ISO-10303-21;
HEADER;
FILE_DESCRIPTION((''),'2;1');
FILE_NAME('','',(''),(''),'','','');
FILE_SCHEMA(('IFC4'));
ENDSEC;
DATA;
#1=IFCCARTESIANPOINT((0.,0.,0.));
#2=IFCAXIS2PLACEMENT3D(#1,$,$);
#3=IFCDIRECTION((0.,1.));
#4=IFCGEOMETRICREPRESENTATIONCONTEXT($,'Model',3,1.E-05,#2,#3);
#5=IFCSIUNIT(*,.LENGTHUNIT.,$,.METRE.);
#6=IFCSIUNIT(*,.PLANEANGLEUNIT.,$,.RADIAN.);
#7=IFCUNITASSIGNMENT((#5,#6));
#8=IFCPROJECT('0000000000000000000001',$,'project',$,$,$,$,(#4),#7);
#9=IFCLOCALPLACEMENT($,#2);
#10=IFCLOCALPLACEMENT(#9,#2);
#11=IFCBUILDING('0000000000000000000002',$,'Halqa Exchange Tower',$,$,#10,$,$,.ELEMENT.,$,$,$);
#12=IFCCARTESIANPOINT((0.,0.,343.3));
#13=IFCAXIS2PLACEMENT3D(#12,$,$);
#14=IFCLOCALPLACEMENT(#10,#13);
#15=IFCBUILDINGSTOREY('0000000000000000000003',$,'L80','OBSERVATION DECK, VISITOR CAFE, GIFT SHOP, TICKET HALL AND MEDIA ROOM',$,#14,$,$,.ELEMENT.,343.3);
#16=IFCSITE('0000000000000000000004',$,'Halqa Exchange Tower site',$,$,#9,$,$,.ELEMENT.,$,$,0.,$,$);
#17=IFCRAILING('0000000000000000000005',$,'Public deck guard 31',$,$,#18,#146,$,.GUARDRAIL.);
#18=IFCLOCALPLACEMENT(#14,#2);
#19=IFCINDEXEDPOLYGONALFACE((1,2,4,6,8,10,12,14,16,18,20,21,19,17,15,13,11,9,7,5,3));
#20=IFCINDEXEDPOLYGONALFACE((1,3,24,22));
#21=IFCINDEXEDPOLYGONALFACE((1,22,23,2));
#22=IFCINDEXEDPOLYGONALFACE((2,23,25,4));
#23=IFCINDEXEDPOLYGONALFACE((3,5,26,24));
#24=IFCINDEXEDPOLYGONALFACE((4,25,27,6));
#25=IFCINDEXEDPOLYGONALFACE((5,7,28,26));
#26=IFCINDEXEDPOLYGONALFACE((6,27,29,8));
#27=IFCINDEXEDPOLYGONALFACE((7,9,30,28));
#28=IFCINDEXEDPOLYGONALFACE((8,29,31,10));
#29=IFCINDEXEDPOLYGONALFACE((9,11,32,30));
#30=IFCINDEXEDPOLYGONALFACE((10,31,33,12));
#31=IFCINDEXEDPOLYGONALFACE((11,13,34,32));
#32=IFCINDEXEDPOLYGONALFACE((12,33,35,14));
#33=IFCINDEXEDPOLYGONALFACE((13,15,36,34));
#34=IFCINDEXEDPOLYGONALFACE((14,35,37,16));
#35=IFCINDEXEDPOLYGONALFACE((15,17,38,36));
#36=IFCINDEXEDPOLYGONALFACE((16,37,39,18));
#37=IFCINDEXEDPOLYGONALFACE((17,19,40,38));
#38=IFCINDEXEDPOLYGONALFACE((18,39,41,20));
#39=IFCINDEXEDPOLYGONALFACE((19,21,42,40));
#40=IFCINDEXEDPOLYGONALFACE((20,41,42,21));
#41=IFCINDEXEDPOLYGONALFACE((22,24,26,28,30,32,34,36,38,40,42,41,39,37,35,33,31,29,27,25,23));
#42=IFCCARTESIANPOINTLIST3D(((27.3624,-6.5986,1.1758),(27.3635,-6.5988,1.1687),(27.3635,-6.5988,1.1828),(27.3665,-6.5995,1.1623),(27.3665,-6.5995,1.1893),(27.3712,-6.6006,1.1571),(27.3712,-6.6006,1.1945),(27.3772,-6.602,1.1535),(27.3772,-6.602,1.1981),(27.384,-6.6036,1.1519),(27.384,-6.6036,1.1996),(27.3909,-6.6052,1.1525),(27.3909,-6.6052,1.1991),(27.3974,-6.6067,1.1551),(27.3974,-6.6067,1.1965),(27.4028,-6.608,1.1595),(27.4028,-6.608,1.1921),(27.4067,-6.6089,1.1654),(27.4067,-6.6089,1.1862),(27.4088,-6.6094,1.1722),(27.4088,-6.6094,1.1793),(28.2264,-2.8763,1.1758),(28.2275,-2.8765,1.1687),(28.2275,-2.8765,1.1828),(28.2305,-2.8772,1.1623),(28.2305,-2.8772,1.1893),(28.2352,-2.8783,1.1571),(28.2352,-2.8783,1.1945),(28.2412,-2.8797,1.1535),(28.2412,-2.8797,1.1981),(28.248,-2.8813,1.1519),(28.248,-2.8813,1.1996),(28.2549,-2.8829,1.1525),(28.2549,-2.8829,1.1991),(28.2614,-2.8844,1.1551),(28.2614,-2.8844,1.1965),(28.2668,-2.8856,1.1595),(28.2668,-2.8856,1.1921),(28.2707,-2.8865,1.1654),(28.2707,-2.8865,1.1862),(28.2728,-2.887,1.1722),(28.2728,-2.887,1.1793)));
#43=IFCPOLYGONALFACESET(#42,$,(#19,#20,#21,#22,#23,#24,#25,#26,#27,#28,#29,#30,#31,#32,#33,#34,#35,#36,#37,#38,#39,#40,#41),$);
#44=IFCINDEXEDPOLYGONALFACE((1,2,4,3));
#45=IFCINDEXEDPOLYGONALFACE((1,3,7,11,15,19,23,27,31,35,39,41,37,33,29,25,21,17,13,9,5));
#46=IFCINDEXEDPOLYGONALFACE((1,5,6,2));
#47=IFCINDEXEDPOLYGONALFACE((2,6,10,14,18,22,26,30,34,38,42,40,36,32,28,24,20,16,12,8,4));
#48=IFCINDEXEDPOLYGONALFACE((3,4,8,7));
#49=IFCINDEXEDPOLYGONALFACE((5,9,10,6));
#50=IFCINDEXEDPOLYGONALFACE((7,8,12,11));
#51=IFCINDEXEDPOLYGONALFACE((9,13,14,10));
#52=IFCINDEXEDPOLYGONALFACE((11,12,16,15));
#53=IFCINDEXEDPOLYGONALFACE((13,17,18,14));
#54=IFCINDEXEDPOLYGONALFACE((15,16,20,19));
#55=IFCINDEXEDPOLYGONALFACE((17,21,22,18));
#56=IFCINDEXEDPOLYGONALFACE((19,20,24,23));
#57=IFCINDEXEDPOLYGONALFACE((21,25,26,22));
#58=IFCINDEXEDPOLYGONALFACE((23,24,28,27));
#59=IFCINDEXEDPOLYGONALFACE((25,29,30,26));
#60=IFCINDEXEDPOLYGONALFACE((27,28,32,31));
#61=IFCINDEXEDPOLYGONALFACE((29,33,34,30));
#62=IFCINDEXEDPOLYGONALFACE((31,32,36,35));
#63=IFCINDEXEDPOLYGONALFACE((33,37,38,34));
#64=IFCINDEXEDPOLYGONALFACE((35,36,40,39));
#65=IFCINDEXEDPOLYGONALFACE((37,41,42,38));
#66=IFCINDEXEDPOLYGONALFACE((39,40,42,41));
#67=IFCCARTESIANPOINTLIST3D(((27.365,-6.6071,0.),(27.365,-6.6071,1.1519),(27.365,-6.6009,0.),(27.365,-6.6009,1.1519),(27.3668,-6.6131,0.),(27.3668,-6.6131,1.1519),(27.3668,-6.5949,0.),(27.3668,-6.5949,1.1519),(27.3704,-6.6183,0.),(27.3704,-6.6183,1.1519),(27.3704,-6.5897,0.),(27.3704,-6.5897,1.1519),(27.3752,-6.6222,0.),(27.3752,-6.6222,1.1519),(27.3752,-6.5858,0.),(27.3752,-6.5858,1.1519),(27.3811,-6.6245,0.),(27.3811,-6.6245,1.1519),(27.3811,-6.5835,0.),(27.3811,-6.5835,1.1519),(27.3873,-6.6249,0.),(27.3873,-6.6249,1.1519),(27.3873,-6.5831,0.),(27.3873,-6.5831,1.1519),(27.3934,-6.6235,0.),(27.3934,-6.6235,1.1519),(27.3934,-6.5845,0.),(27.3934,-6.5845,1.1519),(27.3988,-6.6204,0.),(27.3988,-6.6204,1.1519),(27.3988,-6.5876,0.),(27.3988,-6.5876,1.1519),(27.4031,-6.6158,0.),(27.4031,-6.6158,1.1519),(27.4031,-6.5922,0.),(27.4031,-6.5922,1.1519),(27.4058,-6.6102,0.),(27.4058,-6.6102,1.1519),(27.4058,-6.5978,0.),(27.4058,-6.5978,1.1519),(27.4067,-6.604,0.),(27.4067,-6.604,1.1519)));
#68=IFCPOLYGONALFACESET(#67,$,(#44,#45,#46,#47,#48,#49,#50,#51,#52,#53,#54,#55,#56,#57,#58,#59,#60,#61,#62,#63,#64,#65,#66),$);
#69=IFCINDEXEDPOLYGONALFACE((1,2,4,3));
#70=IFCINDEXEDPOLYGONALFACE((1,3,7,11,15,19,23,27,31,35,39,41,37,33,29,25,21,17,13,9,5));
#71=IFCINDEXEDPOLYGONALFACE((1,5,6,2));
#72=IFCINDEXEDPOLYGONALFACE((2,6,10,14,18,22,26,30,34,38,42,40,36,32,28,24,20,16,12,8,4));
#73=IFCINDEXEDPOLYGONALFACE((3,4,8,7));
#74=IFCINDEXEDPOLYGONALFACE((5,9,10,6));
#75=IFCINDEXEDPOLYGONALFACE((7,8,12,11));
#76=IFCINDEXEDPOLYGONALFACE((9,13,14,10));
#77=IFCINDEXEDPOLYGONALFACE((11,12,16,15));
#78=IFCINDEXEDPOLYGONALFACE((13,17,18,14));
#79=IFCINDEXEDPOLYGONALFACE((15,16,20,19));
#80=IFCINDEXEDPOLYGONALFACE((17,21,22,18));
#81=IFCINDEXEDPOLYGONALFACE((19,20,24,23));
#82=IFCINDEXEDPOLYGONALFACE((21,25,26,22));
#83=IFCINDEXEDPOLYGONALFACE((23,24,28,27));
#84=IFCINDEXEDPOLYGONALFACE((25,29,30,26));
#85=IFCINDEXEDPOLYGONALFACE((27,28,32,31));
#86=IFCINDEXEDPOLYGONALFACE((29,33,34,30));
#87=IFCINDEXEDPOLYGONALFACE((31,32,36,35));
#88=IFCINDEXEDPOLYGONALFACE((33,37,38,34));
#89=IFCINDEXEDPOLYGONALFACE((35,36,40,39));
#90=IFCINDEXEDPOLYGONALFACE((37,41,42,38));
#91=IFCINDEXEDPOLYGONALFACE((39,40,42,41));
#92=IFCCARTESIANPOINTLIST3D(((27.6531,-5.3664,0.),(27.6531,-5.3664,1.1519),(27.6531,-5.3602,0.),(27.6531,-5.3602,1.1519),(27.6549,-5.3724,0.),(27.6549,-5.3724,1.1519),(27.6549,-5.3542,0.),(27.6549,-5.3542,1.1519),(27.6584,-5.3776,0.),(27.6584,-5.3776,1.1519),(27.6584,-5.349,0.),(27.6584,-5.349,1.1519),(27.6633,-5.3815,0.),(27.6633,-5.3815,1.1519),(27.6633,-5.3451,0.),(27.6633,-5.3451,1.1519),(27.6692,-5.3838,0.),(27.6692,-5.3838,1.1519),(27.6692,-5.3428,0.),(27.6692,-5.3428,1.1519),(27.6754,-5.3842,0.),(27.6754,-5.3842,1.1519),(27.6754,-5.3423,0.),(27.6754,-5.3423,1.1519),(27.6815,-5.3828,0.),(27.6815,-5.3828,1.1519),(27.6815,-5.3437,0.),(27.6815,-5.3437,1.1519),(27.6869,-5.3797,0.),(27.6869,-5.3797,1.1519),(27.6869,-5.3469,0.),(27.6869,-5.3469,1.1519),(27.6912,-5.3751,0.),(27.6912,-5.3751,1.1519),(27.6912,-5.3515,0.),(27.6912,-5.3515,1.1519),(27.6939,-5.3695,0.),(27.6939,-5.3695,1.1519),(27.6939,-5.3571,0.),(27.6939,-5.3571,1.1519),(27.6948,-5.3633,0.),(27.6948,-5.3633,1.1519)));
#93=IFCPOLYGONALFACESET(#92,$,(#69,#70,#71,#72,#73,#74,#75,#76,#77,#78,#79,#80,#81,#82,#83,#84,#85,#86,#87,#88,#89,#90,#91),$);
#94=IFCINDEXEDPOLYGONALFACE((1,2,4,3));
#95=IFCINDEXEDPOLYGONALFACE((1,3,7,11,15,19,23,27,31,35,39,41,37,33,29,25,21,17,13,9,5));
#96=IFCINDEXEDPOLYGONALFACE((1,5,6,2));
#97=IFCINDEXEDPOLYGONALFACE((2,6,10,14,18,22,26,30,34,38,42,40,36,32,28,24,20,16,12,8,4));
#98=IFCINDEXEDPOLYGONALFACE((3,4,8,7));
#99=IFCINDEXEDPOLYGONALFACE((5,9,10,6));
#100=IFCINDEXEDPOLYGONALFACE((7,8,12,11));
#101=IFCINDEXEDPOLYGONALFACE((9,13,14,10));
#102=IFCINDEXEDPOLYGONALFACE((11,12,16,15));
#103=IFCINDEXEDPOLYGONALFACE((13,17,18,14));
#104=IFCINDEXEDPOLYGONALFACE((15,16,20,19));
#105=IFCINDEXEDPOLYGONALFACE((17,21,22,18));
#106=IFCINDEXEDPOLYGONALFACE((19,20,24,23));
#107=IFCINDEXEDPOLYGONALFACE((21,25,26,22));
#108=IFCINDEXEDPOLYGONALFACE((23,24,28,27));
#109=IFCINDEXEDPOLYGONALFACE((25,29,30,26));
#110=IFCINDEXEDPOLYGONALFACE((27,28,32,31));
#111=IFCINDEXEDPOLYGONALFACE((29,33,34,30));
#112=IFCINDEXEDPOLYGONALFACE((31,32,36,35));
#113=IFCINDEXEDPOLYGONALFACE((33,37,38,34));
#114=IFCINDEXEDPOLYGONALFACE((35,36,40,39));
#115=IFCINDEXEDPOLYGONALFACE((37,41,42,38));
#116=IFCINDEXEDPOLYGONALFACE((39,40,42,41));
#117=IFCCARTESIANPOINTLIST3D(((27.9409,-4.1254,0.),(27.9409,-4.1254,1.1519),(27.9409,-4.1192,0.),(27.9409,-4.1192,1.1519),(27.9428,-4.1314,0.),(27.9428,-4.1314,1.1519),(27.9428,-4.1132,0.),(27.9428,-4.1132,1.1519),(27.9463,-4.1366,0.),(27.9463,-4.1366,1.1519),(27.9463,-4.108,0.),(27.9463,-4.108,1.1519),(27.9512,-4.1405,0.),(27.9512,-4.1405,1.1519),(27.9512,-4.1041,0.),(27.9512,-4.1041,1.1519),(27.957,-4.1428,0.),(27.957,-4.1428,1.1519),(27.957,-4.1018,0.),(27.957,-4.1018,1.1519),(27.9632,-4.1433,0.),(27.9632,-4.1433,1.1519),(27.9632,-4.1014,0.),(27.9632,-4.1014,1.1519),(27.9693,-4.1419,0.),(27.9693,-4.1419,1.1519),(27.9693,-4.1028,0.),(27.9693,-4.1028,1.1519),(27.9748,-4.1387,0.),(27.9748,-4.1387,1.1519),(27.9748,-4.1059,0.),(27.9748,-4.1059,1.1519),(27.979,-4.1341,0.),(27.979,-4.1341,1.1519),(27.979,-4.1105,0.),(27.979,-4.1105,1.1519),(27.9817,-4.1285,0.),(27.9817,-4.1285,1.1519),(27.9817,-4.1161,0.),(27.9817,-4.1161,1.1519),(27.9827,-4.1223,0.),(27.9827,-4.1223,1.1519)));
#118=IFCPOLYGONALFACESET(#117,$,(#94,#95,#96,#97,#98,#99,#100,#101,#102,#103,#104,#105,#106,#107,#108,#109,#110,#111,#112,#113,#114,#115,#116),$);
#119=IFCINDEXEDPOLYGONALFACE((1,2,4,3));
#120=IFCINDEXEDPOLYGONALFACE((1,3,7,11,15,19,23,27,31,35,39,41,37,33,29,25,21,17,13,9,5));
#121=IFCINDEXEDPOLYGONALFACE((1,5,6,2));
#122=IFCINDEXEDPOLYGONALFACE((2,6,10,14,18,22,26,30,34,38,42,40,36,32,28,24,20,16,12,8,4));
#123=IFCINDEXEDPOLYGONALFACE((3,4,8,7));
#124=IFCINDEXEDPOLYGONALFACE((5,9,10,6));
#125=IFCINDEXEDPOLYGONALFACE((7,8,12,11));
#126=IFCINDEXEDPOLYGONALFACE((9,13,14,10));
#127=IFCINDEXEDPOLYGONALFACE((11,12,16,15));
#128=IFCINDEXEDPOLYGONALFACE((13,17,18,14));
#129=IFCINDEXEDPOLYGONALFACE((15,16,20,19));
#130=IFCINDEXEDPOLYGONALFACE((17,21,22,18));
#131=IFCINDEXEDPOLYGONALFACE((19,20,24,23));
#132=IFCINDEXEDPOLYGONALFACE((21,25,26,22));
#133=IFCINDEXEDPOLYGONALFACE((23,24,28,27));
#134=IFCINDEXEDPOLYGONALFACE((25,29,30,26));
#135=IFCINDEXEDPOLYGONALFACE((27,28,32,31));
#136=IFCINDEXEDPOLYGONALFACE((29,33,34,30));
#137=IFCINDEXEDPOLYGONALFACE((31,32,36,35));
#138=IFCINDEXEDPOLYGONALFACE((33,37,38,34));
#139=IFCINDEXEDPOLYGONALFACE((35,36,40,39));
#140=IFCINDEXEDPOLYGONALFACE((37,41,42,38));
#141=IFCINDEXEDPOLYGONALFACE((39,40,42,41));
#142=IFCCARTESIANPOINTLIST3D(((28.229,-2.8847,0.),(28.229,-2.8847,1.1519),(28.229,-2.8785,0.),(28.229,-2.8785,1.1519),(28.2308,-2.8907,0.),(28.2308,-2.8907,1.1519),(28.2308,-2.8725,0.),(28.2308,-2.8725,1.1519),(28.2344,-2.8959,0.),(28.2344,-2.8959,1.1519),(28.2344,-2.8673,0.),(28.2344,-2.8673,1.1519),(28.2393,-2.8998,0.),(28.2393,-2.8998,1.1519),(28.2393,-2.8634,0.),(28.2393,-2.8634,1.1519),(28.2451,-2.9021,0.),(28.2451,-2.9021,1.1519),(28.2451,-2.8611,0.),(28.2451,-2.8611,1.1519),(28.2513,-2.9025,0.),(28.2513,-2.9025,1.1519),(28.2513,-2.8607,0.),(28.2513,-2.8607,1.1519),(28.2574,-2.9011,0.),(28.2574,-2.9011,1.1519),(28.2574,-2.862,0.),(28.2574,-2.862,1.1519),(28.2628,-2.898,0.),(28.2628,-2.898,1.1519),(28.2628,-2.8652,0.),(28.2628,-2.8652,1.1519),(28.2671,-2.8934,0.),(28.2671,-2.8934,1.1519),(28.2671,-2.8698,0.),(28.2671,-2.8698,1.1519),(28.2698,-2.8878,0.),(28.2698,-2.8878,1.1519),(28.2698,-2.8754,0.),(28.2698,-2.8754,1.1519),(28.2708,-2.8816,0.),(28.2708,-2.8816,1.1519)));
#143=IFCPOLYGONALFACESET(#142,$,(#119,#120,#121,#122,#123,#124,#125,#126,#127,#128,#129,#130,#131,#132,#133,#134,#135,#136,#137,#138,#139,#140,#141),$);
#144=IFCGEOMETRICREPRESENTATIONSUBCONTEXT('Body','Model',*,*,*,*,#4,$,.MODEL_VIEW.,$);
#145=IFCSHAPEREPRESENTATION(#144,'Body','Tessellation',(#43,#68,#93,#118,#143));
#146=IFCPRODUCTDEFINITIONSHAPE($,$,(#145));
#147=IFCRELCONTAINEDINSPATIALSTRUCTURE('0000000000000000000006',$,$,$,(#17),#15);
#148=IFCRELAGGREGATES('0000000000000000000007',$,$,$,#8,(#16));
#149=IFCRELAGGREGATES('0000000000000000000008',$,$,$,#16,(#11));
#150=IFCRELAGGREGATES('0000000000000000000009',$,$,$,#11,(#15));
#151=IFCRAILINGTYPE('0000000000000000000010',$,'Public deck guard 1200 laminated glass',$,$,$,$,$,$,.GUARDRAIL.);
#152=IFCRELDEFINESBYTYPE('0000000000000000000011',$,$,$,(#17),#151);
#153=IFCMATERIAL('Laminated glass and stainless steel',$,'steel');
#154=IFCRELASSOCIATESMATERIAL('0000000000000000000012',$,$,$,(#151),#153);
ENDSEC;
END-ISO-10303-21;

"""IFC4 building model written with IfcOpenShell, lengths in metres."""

from ifc_helpers import new_model, si_unit, direction, frame, origin, origin_2d, place, context, subcontext, project, spatial, circle, extrude, material, type_object, element, save


model = new_model("IFC4")

# Units and contexts
model_context = context("Model", 3, precision=1e-05, world=origin(), true_north=direction((0.0, 1.0)))
body_context = subcontext(model_context, "Body", "Model", "MODEL_VIEW")
ifc_project = project(units=[si_unit("LENGTHUNIT", "METRE"), si_unit("PLANEANGLEUNIT", "RADIAN")], contexts=[model_context])

# Site, building, storey
site_placement = place(None, origin())
site = spatial("IfcSite", under=ifc_project, at=site_placement, Name="Halqa Exchange Tower site", CompositionType="ELEMENT", RefElevation=0.0)
building_placement = place(site_placement, origin())
building = spatial("IfcBuilding", under=site, at=building_placement, Name="Halqa Exchange Tower", CompositionType="ELEMENT")
storey_placement = place(building_placement, frame((0.0, 0.0, 343.3)))
storey = spatial("IfcBuildingStorey", under=building, at=storey_placement, Name="L80", Description="OBSERVATION DECK, VISITOR CAFE, GIFT SHOP, TICKET HALL AND MEDIA ROOM", CompositionType="ELEMENT", Elevation=343.3)

# Railing
ifc_material_1 = material(Name="Laminated glass and stainless steel", Category="steel")
railing_type = type_object("IfcRailingType", Name="Public deck guard 1200 laminated glass", PredefinedType="GUARDRAIL", material=ifc_material_1)
railing_1_placement = place(storey_placement, frame((27.3857, -6.604, 0.0)))
element("IfcRailing", 1, at=railing_1_placement, inside=storey, type_object=railing_type, Name="Public deck guard 31", PredefinedType="GUARDRAIL", context=body_context, shape_type="SweptSolid", body=[
    extrude(circle(Radius=0.0239, at=origin_2d()), frame((0.0, 0.0, 1.1758), z_axis=(0.2261, 0.974104, 0.0), x_axis=(-0.974104, 0.2261, 0.0)), (0.0, 0.0, 1.0), 3.8213),
    extrude(circle(Radius=0.021, at=origin_2d()), origin(), (0.0, 0.0, 1.0), 1.1519),
    extrude(circle(Radius=0.021, at=origin_2d()), frame((0.2881, 1.2407, 0.0)), (0.0, 0.0, 1.0), 1.1519),
    extrude(circle(Radius=0.021, at=origin_2d()), frame((0.5759, 2.4817, 0.0)), (0.0, 0.0, 1.0), 1.1519),
    extrude(circle(Radius=0.021, at=origin_2d()), frame((0.864, 3.7224, 0.0)), (0.0, 0.0, 1.0), 1.1519),
])

save(model, "model.ifc")
